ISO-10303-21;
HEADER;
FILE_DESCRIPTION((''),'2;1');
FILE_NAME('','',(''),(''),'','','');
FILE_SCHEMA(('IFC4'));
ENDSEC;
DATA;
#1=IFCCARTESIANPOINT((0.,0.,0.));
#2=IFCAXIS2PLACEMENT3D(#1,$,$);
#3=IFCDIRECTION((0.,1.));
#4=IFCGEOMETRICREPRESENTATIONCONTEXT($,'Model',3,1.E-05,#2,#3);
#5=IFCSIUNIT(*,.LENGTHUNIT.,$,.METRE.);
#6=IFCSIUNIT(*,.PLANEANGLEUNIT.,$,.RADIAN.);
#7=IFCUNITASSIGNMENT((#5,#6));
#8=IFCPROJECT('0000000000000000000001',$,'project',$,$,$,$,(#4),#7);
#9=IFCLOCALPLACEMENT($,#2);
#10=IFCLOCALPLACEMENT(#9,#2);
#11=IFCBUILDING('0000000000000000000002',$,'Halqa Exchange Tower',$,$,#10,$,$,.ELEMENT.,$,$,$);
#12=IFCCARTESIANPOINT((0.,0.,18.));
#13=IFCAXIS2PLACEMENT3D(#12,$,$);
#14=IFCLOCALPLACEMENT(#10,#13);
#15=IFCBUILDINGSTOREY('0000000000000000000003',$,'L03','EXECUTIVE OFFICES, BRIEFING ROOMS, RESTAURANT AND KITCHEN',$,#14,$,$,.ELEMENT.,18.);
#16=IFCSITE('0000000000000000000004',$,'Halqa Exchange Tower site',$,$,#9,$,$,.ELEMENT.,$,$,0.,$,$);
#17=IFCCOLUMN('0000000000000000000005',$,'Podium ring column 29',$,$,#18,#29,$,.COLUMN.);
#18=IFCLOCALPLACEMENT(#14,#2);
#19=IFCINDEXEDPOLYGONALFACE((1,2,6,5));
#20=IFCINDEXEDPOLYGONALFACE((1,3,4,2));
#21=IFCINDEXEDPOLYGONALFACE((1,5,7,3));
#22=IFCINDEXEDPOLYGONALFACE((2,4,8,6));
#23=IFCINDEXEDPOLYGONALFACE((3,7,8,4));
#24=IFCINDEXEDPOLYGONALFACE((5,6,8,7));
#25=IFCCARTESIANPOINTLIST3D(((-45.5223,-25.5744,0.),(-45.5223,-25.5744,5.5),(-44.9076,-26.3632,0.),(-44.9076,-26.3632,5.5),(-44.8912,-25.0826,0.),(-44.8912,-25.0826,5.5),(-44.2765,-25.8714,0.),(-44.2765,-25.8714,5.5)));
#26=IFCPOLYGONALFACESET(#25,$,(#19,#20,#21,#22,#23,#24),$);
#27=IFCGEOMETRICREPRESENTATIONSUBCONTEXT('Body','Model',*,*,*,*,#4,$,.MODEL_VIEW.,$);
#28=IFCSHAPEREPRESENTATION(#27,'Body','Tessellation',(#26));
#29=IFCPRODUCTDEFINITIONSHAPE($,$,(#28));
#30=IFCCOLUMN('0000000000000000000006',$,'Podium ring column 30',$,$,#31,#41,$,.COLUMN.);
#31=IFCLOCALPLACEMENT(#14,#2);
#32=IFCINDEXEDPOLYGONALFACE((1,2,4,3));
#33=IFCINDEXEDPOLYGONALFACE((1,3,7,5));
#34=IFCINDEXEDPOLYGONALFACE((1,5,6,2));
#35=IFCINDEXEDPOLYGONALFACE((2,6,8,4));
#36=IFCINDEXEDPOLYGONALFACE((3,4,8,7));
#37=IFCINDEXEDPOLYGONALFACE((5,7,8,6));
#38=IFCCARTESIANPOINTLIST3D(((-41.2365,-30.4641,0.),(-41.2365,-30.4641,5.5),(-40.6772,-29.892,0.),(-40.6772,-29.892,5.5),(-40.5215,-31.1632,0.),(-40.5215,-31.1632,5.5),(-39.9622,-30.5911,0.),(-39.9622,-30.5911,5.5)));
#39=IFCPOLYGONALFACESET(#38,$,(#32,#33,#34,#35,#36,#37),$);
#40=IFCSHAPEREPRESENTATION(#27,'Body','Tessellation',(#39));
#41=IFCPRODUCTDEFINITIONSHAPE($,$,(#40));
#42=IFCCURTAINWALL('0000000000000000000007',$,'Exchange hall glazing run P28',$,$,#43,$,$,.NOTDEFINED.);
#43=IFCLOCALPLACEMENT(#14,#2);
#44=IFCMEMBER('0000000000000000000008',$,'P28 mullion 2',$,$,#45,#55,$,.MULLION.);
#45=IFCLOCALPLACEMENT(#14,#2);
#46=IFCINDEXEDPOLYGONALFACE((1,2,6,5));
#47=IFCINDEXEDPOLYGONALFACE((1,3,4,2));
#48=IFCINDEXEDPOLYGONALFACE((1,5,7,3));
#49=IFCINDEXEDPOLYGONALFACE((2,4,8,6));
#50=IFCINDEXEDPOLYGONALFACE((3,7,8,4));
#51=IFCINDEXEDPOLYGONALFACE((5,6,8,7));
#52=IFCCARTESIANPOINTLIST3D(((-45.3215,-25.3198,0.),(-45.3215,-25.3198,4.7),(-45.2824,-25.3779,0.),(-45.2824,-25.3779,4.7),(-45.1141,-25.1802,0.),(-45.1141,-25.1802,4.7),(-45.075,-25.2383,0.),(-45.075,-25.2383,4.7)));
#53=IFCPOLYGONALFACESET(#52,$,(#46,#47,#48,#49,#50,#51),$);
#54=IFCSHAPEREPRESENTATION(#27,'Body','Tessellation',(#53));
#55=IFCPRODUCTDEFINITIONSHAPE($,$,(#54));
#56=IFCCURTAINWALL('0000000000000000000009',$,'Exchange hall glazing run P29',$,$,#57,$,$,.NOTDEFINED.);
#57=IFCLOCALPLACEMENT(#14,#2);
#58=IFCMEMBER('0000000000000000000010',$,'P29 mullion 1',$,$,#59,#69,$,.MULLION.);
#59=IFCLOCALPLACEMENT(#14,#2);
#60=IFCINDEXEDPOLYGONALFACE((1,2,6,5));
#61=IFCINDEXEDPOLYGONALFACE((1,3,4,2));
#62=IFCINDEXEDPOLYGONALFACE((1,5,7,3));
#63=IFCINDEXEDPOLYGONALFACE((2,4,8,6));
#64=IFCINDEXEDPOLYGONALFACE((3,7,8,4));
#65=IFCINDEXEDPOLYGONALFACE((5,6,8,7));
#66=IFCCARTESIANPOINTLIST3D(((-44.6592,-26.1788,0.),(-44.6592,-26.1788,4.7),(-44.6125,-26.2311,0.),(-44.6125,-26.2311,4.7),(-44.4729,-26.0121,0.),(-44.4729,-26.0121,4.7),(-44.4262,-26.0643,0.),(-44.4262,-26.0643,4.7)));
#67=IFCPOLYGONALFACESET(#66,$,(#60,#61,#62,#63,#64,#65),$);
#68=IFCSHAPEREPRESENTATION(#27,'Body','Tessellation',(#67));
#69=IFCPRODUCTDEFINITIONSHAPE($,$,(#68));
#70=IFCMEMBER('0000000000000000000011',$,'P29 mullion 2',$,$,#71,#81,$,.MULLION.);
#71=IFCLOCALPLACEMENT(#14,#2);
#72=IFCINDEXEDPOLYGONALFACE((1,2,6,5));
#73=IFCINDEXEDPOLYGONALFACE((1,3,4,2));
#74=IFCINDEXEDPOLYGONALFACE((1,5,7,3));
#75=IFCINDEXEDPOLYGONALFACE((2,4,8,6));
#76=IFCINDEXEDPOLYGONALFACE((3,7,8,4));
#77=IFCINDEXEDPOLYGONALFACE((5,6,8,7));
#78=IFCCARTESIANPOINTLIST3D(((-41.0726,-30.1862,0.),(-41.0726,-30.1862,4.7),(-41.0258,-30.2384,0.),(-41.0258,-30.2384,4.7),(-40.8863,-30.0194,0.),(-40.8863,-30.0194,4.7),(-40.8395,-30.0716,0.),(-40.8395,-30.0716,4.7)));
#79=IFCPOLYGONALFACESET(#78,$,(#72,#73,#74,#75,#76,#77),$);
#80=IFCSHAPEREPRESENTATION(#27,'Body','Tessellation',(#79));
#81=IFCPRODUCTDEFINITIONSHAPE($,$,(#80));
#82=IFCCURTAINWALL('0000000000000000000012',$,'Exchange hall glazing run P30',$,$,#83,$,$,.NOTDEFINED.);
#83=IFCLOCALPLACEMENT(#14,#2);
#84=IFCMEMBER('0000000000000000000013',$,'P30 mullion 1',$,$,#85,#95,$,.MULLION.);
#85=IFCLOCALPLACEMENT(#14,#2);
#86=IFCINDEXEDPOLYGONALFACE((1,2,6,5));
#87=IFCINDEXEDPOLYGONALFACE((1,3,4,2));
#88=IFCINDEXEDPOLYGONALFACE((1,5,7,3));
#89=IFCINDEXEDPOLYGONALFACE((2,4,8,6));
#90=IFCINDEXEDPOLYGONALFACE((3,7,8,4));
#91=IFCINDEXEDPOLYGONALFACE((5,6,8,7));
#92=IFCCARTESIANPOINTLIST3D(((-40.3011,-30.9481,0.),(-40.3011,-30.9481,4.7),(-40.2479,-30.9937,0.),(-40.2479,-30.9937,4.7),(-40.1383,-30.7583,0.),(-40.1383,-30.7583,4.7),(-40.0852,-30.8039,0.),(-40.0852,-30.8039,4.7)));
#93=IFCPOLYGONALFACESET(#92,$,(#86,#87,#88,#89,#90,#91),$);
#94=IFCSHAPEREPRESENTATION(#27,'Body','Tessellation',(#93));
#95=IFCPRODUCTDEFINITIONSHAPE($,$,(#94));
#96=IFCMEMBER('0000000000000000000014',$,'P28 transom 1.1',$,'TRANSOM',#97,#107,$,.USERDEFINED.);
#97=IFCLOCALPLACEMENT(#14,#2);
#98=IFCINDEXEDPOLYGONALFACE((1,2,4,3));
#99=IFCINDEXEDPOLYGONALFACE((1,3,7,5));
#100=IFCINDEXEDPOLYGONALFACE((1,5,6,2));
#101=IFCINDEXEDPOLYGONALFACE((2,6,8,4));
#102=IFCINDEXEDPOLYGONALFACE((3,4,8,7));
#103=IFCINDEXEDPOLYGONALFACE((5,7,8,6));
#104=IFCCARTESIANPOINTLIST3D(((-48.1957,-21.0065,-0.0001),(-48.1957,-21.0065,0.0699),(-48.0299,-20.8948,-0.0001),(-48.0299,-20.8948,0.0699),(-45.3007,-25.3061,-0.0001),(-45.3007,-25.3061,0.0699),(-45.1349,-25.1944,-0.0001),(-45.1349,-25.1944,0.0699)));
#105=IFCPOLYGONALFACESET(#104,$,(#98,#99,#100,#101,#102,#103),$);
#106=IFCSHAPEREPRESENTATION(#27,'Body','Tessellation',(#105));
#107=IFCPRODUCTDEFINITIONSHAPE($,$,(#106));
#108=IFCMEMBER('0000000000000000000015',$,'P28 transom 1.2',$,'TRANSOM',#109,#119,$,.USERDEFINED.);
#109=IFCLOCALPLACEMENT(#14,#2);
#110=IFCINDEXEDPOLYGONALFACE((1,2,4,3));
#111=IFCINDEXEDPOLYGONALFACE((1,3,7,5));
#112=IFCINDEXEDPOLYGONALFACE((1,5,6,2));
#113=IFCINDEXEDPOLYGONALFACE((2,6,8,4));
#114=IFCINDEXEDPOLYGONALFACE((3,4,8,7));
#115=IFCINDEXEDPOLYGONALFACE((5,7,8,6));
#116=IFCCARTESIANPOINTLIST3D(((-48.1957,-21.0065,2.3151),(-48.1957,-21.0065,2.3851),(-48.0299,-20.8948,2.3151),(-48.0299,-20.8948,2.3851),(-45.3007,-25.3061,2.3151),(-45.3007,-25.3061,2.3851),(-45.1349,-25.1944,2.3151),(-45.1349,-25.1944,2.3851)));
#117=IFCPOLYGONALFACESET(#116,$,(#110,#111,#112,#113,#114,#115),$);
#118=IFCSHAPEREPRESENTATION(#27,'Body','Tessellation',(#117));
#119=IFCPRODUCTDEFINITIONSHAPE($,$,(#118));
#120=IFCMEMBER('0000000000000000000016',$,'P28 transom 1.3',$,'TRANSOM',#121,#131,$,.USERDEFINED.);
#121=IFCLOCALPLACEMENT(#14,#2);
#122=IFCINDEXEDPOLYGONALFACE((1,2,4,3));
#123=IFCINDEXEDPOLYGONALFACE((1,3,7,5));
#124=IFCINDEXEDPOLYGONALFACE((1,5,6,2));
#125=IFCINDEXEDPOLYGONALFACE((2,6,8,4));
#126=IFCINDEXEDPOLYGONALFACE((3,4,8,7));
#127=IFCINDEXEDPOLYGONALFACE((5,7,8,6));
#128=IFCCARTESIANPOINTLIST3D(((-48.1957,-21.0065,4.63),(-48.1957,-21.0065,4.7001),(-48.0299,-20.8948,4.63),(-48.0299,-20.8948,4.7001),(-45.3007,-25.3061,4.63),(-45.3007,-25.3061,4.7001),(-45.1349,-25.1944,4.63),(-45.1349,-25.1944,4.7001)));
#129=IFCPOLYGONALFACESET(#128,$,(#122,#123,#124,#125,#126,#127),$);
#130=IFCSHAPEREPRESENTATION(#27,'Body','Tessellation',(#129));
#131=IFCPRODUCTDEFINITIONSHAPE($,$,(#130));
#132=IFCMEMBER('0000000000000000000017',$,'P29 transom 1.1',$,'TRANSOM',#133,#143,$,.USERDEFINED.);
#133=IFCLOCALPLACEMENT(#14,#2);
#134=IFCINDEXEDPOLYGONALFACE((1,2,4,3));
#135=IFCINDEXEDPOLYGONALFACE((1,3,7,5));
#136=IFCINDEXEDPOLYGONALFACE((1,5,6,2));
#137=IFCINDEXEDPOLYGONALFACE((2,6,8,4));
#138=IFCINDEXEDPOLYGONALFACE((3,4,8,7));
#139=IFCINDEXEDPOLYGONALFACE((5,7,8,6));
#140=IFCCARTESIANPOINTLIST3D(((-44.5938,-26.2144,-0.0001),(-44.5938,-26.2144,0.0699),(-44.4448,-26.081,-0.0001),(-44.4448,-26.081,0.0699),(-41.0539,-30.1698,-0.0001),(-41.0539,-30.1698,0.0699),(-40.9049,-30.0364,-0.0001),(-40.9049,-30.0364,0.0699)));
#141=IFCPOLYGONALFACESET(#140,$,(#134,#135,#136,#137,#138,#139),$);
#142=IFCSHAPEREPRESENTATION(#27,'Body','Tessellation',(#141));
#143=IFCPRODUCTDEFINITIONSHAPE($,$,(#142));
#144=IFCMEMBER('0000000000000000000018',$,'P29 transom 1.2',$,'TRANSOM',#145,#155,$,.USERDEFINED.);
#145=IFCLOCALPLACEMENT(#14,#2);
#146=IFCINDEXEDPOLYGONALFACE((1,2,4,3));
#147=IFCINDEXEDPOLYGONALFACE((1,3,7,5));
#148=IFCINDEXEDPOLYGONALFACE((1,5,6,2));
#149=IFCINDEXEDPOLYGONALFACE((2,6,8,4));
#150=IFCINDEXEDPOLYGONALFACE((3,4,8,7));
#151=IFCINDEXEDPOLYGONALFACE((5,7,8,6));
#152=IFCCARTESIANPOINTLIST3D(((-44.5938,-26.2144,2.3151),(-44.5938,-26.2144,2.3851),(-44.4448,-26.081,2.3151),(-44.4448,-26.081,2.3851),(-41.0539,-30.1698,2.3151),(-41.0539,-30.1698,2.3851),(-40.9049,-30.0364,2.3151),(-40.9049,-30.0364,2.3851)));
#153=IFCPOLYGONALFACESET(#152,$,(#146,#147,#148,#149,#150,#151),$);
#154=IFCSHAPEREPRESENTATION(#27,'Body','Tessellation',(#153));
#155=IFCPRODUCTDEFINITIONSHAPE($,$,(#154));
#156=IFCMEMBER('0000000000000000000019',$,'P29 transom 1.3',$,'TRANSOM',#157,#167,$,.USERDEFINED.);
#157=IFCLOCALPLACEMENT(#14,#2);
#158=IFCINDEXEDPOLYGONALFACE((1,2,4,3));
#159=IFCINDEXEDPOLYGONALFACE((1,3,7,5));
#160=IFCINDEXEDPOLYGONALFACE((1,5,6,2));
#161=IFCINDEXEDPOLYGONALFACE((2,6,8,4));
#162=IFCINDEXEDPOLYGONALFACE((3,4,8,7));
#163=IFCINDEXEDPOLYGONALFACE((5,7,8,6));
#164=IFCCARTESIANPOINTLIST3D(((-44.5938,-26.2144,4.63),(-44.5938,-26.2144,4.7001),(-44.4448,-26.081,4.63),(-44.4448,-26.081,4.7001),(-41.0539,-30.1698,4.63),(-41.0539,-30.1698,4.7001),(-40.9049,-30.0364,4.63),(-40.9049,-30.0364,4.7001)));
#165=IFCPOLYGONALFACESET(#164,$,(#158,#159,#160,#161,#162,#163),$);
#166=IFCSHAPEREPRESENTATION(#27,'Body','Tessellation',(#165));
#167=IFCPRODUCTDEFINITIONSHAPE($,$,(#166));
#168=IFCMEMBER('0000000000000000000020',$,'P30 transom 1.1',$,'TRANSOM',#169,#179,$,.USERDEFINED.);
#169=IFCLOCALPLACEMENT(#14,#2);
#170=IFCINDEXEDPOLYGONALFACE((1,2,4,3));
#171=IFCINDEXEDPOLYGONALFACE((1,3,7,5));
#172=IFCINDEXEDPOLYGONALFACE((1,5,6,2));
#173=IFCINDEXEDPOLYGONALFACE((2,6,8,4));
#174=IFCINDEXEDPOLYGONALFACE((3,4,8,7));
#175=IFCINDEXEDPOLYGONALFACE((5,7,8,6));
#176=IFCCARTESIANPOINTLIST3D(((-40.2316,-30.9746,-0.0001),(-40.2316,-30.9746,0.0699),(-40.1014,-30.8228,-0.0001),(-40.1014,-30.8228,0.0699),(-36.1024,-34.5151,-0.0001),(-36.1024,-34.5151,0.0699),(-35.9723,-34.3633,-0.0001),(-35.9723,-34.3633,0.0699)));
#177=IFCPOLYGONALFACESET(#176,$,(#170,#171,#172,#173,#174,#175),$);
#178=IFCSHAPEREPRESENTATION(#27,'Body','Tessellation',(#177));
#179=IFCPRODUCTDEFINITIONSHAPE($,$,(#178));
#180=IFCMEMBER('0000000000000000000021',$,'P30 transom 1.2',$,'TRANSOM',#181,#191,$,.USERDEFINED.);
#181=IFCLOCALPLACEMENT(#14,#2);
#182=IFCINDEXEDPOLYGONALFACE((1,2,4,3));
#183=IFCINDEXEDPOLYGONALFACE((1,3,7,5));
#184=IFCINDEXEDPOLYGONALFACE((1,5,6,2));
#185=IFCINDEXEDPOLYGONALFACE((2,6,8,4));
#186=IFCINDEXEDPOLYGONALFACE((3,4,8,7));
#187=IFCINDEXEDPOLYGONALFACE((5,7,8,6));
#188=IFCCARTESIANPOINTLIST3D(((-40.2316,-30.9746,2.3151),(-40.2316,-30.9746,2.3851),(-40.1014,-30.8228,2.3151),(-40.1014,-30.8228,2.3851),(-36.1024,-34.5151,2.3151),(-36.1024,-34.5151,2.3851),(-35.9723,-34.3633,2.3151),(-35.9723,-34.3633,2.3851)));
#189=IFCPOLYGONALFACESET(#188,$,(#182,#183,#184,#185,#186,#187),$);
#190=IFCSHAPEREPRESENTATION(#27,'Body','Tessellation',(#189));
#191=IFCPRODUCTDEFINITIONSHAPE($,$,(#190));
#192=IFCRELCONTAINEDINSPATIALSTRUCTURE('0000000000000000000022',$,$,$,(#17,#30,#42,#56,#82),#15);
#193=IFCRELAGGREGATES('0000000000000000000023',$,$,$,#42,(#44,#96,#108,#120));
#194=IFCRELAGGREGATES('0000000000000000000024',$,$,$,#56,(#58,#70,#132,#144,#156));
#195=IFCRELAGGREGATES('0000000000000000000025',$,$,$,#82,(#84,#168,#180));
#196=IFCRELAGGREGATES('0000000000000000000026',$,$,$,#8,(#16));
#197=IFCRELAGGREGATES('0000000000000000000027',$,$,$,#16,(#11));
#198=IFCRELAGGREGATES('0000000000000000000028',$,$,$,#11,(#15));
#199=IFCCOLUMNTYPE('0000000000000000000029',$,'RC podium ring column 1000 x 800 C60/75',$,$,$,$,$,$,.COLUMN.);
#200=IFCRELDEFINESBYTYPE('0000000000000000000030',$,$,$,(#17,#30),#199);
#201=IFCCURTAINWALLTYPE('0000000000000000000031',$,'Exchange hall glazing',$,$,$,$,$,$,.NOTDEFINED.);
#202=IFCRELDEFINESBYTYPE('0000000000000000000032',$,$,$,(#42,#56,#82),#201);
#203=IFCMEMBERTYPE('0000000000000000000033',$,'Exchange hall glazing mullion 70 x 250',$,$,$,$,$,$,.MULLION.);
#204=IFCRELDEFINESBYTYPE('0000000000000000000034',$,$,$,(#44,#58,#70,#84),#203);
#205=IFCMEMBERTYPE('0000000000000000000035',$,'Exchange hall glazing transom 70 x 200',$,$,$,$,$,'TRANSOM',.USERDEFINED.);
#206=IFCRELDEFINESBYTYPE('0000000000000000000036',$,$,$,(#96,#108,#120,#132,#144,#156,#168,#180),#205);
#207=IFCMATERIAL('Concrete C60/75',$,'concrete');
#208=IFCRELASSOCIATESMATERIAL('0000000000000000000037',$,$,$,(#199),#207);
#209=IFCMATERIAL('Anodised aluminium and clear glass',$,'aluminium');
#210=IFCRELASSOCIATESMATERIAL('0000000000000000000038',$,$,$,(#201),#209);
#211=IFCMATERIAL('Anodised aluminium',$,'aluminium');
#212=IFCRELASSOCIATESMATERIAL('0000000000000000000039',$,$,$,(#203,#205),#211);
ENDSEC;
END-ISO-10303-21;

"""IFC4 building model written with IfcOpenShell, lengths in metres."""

from ifc_helpers import new_model, si_unit, direction, frame, origin, origin_2d, place, context, subcontext, project, spatial, rectangle, extrude, material, material_profile, profile_set, type_object, element, aggregate, save


model = new_model("IFC4")

# Units and contexts
model_context = context("Model", 3, precision=1e-05, world=origin(), true_north=direction((0.0, 1.0)))
body_context = subcontext(model_context, "Body", "Model", "MODEL_VIEW")
ifc_project = project(units=[si_unit("LENGTHUNIT", "METRE"), si_unit("PLANEANGLEUNIT", "RADIAN")], contexts=[model_context])

# Site, building, storey
site_placement = place(None, origin())
site = spatial("IfcSite", under=ifc_project, at=site_placement, Name="Halqa Exchange Tower site", CompositionType="ELEMENT", RefElevation=0.0)
building_placement = place(site_placement, origin())
building = spatial("IfcBuilding", under=site, at=building_placement, Name="Halqa Exchange Tower", CompositionType="ELEMENT")
storey_placement = place(building_placement, frame((0.0, 0.0, 18.0)))
storey = spatial("IfcBuildingStorey", under=building, at=storey_placement, Name="L03", Description="EXECUTIVE OFFICES, BRIEFING ROOMS, RESTAURANT AND KITCHEN", CompositionType="ELEMENT", Elevation=18.0)

# Columns
ifc_material_1 = material(Name="Concrete C60/75", Category="concrete")
ifc_material_profile_1 = material_profile(ifc_material_1, rectangle(XDim=1.0, YDim=0.8, at=origin_2d()), Name="1000 x 800")
ifc_profile_set_1 = profile_set([ifc_material_profile_1], Name="Concrete C60/75")
column_type = type_object("IfcColumnType", Name="RC podium ring column 1000 x 800 C60/75", PredefinedType="COLUMN", material=ifc_profile_set_1)
for number, where, z_axis, x_axis, name in (
    (1, (-44.8994, -25.7229, 0.0), (0.0, 0.0, 1.0), (0.614691, -0.788768, 0.0), "Podium ring column 29"),
    (2, (-40.5994, -30.5276, 0.0), (0.0, 0.0, 1.0), (0.715039, -0.699085, 0.0), "Podium ring column 30"),
):
    element("IfcColumn", number, at=place(storey_placement, frame(where, z_axis=z_axis, x_axis=x_axis)), inside=storey, type_object=column_type, Name=name, PredefinedType="COLUMN", context=body_context, shape_type="SweptSolid", body=[
        extrude(rectangle(XDim=1.0, YDim=0.8, at=origin_2d()), origin(), (0.0, 0.0, 1.0), 5.5),
    ])

# Curtain wall, member
ifc_material_2 = material(Name="Anodised aluminium and clear glass", Category="aluminium")
curtain_wall_type = type_object("IfcCurtainWallType", Name="Exchange hall glazing", PredefinedType="NOTDEFINED", material=ifc_material_2)
curtain_wall_1_placement = place(storey_placement, origin())
curtain_wall_1 = element("IfcCurtainWall", 3, at=curtain_wall_1_placement, inside=storey, type_object=curtain_wall_type, Name="Exchange hall glazing run P28", PredefinedType="NOTDEFINED")
ifc_material_3 = material(Name="Anodised aluminium", Category="aluminium")
ifc_material_profile_2 = material_profile(ifc_material_3, rectangle(XDim=0.25, YDim=0.0701, at=origin_2d()), Name="AL 70x250")
ifc_profile_set_2 = profile_set([ifc_material_profile_2], Name="Anodised aluminium")
member_type_1 = type_object("IfcMemberType", Name="Exchange hall glazing mullion 70 x 250", PredefinedType="MULLION", material=ifc_profile_set_2)
member_1_placement = place(storey_placement, frame((-45.1982, -25.2791, 0.0), z_axis=(0.0, 0.0, 1.0), x_axis=(0.82949, 0.558522, 0.0)))
member_1 = element("IfcMember", 4, at=member_1_placement, type_object=member_type_1, Name="P28 mullion 2", PredefinedType="MULLION", context=body_context, shape_type="SweptSolid", body=[
    extrude(rectangle(XDim=0.25, YDim=0.0701, at=origin_2d()), origin(), (0.0, 0.0, 1.0), 4.7),
])

# Curtain wall, members
curtain_wall_2_placement = place(storey_placement, origin())
curtain_wall_2 = element("IfcCurtainWall", 5, at=curtain_wall_2_placement, inside=storey, type_object=curtain_wall_type, Name="Exchange hall glazing run P29", PredefinedType="NOTDEFINED")
member_2_placement = place(storey_placement, frame((-44.5427, -26.1216, 0.0), z_axis=(0.0, 0.0, 1.0), x_axis=(0.745148, 0.666899, 0.0)))
member_2 = element("IfcMember", 6, at=member_2_placement, type_object=member_type_1, Name="P29 mullion 1", PredefinedType="MULLION", context=body_context, shape_type="SweptSolid", body=[
    extrude(rectangle(XDim=0.25, YDim=0.0701, at=origin_2d()), origin(), (0.0, 0.0, 1.0), 4.7),
])
member_3_placement = place(storey_placement, frame((-40.9561, -30.1289, 0.0), z_axis=(0.0, 0.0, 1.0), x_axis=(0.745148, 0.666899, 0.0)))
member_3 = element("IfcMember", 7, at=member_3_placement, type_object=member_type_1, Name="P29 mullion 2", PredefinedType="MULLION", context=body_context, shape_type="SweptSolid", body=[
    extrude(rectangle(XDim=0.25, YDim=0.0701, at=origin_2d()), origin(), (0.0, 0.0, 1.0), 4.7),
])

# Curtain wall, member
curtain_wall_3_placement = place(storey_placement, origin())
curtain_wall_3 = element("IfcCurtainWall", 8, at=curtain_wall_3_placement, inside=storey, type_object=curtain_wall_type, Name="Exchange hall glazing run P30", PredefinedType="NOTDEFINED")
member_4_placement = place(storey_placement, frame((-40.1931, -30.876, 0.0), z_axis=(0.0, 0.0, 1.0), x_axis=(0.650911, 0.759154, 0.0)))
member_4 = element("IfcMember", 9, at=member_4_placement, type_object=member_type_1, Name="P30 mullion 1", PredefinedType="MULLION", context=body_context, shape_type="SweptSolid", body=[
    extrude(rectangle(XDim=0.25, YDim=0.0701, at=origin_2d()), origin(), (0.0, 0.0, 1.0), 4.7),
])

# Members
ifc_material_profile_3 = material_profile(ifc_material_3, rectangle(XDim=0.2, YDim=0.0701, at=origin_2d()), Name="AL 70x200")
ifc_profile_set_3 = profile_set([ifc_material_profile_3], Name="Anodised aluminium")
member_type_2 = type_object("IfcMemberType", Name="Exchange hall glazing transom 70 x 200", ElementType="TRANSOM", PredefinedType="USERDEFINED", material=ifc_profile_set_3)
member_5_placement = place(storey_placement, frame((-48.1128, -20.9507, 0.0349), z_axis=(0.55852, -0.829491, 0.0), x_axis=(0.829491, 0.55852, 0.0)))
member_5 = element("IfcMember", 10, at=member_5_placement, type_object=member_type_2, Name="P28 transom 1.1", ObjectType="TRANSOM", PredefinedType="USERDEFINED", context=body_context, shape_type="SweptSolid", body=[
    extrude(rectangle(XDim=0.2, YDim=0.0701, at=origin_2d()), origin(), (0.0, 0.0, 1.0), 5.1833),
])
member_6_placement = place(storey_placement, frame((-48.1128, -20.9507, 2.3501), z_axis=(0.55852, -0.829491, 0.0), x_axis=(0.829491, 0.55852, 0.0)))
member_6 = element("IfcMember", 11, at=member_6_placement, type_object=member_type_2, Name="P28 transom 1.2", ObjectType="TRANSOM", PredefinedType="USERDEFINED", context=body_context, shape_type="SweptSolid", body=[
    extrude(rectangle(XDim=0.2, YDim=0.0701, at=origin_2d()), origin(), (0.0, 0.0, 1.0), 5.1833),
])
member_7_placement = place(storey_placement, frame((-48.1128, -20.9507, 4.665), z_axis=(0.55852, -0.829491, 0.0), x_axis=(0.829491, 0.55852, 0.0)))
member_7 = element("IfcMember", 12, at=member_7_placement, type_object=member_type_2, Name="P28 transom 1.3", ObjectType="TRANSOM", PredefinedType="USERDEFINED", context=body_context, shape_type="SweptSolid", body=[
    extrude(rectangle(XDim=0.2, YDim=0.0701, at=origin_2d()), origin(), (0.0, 0.0, 1.0), 5.1833),
])
member_8_placement = place(storey_placement, frame((-44.5193, -26.1477, 0.0349), z_axis=(0.666881, -0.745164, 0.0), x_axis=(0.745164, 0.666881, 0.0)))
member_8 = element("IfcMember", 13, at=member_8_placement, type_object=member_type_2, Name="P29 transom 1.1", ObjectType="TRANSOM", PredefinedType="USERDEFINED", context=body_context, shape_type="SweptSolid", body=[
    extrude(rectangle(XDim=0.2, YDim=0.0701, at=origin_2d()), origin(), (0.0, 0.0, 1.0), 5.3081),
])
member_9_placement = place(storey_placement, frame((-44.5193, -26.1477, 2.3501), z_axis=(0.666881, -0.745164, 0.0), x_axis=(0.745164, 0.666881, 0.0)))
member_9 = element("IfcMember", 14, at=member_9_placement, type_object=member_type_2, Name="P29 transom 1.2", ObjectType="TRANSOM", PredefinedType="USERDEFINED", context=body_context, shape_type="SweptSolid", body=[
    extrude(rectangle(XDim=0.2, YDim=0.0701, at=origin_2d()), origin(), (0.0, 0.0, 1.0), 5.3081),
])
member_10_placement = place(storey_placement, frame((-44.5193, -26.1477, 4.665), z_axis=(0.666881, -0.745164, 0.0), x_axis=(0.745164, 0.666881, 0.0)))
member_10 = element("IfcMember", 15, at=member_10_placement, type_object=member_type_2, Name="P29 transom 1.3", ObjectType="TRANSOM", PredefinedType="USERDEFINED", context=body_context, shape_type="SweptSolid", body=[
    extrude(rectangle(XDim=0.2, YDim=0.0701, at=origin_2d()), origin(), (0.0, 0.0, 1.0), 5.3081),
])
member_11_placement = place(storey_placement, frame((-40.1665, -30.8987, 0.0349), z_axis=(0.759143, -0.650924, 0.0), x_axis=(0.650924, 0.759143, 0.0)))
member_11 = element("IfcMember", 16, at=member_11_placement, type_object=member_type_2, Name="P30 transom 1.1", ObjectType="TRANSOM", PredefinedType="USERDEFINED", context=body_context, shape_type="SweptSolid", body=[
    extrude(rectangle(XDim=0.2, YDim=0.0701, at=origin_2d()), origin(), (0.0, 0.0, 1.0), 5.4392),
])
member_12_placement = place(storey_placement, frame((-40.1665, -30.8987, 2.3501), z_axis=(0.759143, -0.650924, 0.0), x_axis=(0.650924, 0.759143, 0.0)))
member_12 = element("IfcMember", 17, at=member_12_placement, type_object=member_type_2, Name="P30 transom 1.2", ObjectType="TRANSOM", PredefinedType="USERDEFINED", context=body_context, shape_type="SweptSolid", body=[
    extrude(rectangle(XDim=0.2, YDim=0.0701, at=origin_2d()), origin(), (0.0, 0.0, 1.0), 5.4392),
])

aggregate(curtain_wall_1, [member_1, member_5, member_6, member_7])
aggregate(curtain_wall_2, [member_2, member_3, member_8, member_9, member_10])
aggregate(curtain_wall_3, [member_4, member_11, member_12])

save(model, "model.ifc")
